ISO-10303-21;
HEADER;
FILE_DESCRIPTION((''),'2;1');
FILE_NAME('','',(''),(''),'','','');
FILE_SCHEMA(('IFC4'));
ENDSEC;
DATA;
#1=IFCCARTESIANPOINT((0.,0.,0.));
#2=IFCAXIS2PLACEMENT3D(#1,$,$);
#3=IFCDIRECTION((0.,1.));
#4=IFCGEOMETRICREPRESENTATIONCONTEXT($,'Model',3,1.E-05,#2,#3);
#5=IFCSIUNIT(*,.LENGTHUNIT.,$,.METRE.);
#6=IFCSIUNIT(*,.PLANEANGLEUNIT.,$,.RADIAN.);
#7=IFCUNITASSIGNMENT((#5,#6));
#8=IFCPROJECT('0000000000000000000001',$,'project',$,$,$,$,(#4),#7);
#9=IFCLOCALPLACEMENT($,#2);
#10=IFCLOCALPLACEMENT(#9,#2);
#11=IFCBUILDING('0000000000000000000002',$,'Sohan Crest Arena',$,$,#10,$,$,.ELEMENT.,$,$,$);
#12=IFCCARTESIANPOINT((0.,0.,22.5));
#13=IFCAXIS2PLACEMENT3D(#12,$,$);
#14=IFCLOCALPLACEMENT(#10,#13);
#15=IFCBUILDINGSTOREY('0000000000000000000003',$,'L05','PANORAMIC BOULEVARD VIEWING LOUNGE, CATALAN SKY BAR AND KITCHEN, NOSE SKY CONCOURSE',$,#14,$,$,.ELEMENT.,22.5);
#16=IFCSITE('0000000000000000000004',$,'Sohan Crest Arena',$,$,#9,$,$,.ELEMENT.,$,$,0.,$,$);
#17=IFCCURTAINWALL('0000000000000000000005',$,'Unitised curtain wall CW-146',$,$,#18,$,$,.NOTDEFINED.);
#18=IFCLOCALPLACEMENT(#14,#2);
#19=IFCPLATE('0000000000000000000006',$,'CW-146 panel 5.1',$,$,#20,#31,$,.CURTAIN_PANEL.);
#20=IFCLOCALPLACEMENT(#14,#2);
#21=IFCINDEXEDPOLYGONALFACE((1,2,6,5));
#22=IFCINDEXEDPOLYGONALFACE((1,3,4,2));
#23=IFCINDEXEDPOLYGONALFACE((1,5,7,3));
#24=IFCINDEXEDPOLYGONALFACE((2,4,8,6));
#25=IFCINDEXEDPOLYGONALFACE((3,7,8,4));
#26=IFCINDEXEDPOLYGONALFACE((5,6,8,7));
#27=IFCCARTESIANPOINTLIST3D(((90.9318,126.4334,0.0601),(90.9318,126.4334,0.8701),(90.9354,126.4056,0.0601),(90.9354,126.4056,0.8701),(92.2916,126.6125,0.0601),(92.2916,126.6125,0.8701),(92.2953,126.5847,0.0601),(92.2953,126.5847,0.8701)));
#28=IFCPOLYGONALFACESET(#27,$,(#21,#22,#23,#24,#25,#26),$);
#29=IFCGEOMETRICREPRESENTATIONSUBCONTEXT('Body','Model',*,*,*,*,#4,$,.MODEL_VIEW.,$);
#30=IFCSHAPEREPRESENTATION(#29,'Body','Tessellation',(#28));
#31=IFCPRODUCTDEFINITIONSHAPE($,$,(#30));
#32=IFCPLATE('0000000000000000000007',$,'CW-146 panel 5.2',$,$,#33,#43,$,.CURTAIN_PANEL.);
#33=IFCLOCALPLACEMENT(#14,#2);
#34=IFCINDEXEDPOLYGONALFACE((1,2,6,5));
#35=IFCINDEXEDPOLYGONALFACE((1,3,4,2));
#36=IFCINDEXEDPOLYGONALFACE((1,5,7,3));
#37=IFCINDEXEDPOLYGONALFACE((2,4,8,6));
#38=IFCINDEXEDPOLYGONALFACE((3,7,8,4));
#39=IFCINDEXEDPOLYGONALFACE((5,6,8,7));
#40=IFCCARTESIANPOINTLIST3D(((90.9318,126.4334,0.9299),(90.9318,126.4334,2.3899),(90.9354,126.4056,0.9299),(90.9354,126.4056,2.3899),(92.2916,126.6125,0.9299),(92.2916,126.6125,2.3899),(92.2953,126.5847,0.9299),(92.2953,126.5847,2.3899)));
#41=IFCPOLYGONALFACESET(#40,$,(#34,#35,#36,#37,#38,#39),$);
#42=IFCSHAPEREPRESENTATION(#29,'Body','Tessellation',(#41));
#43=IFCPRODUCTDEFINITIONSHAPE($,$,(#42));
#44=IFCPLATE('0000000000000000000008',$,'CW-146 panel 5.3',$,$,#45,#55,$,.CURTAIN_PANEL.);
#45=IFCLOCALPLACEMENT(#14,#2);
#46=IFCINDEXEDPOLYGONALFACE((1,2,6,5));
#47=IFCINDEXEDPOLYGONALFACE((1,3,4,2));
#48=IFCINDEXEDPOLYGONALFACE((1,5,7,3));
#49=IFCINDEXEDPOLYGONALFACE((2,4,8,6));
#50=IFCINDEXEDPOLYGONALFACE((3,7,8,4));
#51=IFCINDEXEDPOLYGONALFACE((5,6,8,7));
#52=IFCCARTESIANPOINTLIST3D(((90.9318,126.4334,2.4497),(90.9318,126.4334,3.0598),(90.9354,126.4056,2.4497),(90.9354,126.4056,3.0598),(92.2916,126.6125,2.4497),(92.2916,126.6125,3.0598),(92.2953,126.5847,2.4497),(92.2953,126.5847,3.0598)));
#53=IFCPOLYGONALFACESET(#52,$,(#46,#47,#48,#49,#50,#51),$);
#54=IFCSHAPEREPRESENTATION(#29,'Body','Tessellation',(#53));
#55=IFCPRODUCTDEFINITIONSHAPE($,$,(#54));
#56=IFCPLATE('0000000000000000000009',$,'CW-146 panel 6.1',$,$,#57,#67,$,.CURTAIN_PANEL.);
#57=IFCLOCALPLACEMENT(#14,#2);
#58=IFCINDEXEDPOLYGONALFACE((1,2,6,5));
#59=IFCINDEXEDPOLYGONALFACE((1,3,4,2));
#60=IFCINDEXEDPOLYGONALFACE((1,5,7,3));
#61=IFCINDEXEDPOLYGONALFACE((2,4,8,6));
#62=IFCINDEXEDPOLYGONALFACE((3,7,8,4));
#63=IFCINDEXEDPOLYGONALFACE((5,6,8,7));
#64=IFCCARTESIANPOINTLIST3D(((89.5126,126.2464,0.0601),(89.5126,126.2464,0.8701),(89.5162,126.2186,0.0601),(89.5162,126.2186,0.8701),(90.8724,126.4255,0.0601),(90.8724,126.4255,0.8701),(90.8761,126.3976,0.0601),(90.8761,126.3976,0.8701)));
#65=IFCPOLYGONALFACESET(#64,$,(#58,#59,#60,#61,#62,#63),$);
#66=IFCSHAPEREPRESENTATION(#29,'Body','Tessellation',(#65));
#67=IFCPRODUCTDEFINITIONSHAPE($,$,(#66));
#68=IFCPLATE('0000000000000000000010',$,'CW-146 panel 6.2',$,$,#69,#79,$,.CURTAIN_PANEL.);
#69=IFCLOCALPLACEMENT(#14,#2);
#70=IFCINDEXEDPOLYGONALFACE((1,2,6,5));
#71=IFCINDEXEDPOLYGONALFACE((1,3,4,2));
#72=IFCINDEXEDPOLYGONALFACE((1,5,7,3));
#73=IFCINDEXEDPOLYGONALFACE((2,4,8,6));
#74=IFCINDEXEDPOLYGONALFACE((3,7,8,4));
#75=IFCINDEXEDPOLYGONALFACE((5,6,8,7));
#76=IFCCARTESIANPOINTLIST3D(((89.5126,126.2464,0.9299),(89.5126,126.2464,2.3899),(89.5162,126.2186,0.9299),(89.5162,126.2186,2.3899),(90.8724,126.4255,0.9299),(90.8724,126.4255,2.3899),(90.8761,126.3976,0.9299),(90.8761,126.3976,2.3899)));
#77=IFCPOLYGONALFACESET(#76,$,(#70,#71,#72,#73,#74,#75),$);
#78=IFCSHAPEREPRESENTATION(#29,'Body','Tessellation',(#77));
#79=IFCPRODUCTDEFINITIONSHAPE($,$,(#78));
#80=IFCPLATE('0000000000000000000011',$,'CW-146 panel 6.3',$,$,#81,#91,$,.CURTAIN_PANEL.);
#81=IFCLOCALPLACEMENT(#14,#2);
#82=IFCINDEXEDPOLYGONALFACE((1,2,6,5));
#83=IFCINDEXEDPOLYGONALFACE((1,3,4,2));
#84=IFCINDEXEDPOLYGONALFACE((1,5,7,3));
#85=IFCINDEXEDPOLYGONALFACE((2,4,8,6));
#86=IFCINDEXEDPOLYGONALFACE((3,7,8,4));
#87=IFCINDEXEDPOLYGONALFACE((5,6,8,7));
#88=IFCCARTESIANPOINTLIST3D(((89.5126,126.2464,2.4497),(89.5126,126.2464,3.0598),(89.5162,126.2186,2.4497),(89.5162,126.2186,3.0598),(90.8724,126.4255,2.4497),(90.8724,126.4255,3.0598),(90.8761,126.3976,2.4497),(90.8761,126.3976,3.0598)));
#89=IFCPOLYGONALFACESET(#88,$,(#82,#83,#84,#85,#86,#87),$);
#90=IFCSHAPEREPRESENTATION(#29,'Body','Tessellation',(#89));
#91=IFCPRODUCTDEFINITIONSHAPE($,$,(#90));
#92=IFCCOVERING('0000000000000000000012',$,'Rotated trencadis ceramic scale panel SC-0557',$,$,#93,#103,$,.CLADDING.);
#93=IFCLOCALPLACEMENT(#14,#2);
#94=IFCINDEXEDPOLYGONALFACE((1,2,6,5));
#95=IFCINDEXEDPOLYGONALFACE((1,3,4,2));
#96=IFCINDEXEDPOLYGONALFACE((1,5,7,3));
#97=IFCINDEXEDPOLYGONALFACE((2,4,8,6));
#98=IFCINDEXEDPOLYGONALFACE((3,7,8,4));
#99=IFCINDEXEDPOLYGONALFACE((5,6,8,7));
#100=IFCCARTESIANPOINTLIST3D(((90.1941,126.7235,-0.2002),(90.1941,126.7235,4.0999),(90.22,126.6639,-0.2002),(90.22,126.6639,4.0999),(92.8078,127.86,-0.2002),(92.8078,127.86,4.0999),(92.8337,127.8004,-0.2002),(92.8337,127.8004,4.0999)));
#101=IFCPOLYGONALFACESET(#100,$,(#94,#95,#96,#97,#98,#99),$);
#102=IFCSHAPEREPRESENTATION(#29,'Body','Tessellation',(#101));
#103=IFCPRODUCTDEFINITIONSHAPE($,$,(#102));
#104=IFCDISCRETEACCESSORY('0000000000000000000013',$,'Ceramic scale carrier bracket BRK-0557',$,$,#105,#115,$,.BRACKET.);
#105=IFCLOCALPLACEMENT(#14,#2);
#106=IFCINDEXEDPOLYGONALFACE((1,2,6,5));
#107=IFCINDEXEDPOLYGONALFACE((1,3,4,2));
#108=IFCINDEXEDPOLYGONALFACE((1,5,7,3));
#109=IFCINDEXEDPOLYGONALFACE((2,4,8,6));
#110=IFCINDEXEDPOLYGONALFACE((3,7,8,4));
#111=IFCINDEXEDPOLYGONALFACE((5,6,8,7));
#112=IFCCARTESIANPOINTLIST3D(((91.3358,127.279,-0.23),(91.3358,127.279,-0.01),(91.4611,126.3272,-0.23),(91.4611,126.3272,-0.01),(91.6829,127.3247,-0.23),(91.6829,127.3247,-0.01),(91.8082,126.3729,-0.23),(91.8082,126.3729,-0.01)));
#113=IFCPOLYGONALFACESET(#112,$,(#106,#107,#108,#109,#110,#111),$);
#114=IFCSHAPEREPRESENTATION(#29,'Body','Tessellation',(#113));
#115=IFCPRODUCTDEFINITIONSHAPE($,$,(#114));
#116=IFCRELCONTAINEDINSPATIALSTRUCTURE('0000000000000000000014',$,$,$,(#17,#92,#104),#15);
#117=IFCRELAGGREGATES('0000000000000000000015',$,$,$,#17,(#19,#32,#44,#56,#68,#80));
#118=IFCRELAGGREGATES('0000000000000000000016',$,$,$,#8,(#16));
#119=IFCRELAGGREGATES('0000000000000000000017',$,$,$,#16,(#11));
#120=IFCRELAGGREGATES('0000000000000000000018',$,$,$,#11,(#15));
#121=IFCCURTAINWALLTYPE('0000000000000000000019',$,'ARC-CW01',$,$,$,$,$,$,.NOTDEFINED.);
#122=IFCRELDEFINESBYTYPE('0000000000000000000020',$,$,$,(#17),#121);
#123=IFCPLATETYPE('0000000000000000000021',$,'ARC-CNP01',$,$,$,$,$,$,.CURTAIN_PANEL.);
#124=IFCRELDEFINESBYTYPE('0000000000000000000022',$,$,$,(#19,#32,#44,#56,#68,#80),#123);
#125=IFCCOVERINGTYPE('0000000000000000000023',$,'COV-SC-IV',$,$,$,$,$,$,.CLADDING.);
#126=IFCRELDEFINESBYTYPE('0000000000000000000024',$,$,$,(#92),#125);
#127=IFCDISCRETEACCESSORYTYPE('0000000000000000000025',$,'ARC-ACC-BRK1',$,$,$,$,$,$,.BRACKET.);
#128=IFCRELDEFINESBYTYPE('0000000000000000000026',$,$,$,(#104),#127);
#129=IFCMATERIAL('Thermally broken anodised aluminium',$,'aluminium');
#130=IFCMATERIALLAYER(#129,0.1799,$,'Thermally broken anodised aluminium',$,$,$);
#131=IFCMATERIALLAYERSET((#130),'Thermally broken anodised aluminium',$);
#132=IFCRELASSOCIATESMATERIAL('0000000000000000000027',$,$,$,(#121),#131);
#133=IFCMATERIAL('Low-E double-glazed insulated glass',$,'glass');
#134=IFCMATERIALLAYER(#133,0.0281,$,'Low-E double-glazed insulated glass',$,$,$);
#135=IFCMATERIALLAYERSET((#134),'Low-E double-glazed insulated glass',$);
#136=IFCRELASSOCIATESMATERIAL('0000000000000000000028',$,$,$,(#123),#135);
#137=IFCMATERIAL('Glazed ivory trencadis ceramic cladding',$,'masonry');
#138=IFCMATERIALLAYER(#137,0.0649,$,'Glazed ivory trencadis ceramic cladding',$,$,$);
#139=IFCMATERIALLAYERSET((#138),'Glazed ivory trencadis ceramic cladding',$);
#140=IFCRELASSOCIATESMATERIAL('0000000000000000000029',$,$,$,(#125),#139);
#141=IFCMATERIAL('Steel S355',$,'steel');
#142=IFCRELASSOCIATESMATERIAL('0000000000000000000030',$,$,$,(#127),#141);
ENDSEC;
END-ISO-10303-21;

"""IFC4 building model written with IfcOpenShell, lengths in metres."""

from ifc_helpers import new_model, si_unit, direction, frame, origin, origin_2d, place, context, subcontext, project, spatial, rectangle, extrude, material, layer, layer_set, type_object, element, aggregate, save


model = new_model("IFC4")

# Units and contexts
model_context = context("Model", 3, precision=1e-05, world=origin(), true_north=direction((0.0, 1.0)))
body_context = subcontext(model_context, "Body", "Model", "MODEL_VIEW")
ifc_project = project(units=[si_unit("LENGTHUNIT", "METRE"), si_unit("PLANEANGLEUNIT", "RADIAN")], contexts=[model_context])

# Site, building, storey
site_placement = place(None, origin())
site = spatial("IfcSite", under=ifc_project, at=site_placement, Name="Sohan Crest Arena", CompositionType="ELEMENT", RefElevation=0.0)
building_placement = place(site_placement, origin())
building = spatial("IfcBuilding", under=site, at=building_placement, Name="Sohan Crest Arena", CompositionType="ELEMENT")
storey_placement = place(building_placement, frame((0.0, 0.0, 22.5)))
storey = spatial("IfcBuildingStorey", under=building, at=storey_placement, Name="L05", Description="PANORAMIC BOULEVARD VIEWING LOUNGE, CATALAN SKY BAR AND KITCHEN, NOSE SKY CONCOURSE", CompositionType="ELEMENT", Elevation=22.5)

# Curtain wall, plates
ifc_material_1 = material(Name="Thermally broken anodised aluminium", Category="aluminium")
ifc_layer_1 = layer(ifc_material_1, 0.1799, Name="Thermally broken anodised aluminium")
ifc_layer_set_1 = layer_set([ifc_layer_1], Name="Thermally broken anodised aluminium")
curtain_wall_type = type_object("IfcCurtainWallType", Name="ARC-CW01", PredefinedType="NOTDEFINED", material=ifc_layer_set_1)
curtain_wall_placement = place(storey_placement, origin())
curtain_wall = element("IfcCurtainWall", 1, at=curtain_wall_placement, inside=storey, type_object=curtain_wall_type, Name="Unitised curtain wall CW-146", PredefinedType="NOTDEFINED")
ifc_material_2 = material(Name="Low-E double-glazed insulated glass", Category="glass")
ifc_layer_2 = layer(ifc_material_2, 0.0281, Name="Low-E double-glazed insulated glass")
ifc_layer_set_2 = layer_set([ifc_layer_2], Name="Low-E double-glazed insulated glass")
plate_type = type_object("IfcPlateType", Name="ARC-CNP01", PredefinedType="CURTAIN_PANEL", material=ifc_layer_set_2)
plate_1_placement = place(storey_placement, frame((91.6135, 126.509, 0.0601), z_axis=(0.0, 0.0, 1.0), x_axis=(-0.991441, -0.130557, 0.0)))
plate_1 = element("IfcPlate", 2, at=plate_1_placement, type_object=plate_type, Name="CW-146 panel 5.1", PredefinedType="CURTAIN_PANEL", context=body_context, shape_type="SweptSolid", body=[
    extrude(rectangle(XDim=1.3716, YDim=0.0281, at=origin_2d()), origin(), (0.0, 0.0, 1.0), 0.8101),
])
plate_2_placement = place(storey_placement, frame((91.6135, 126.509, 0.9299), z_axis=(0.0, 0.0, 1.0), x_axis=(-0.991441, -0.130557, 0.0)))
plate_2 = element("IfcPlate", 3, at=plate_2_placement, type_object=plate_type, Name="CW-146 panel 5.2", PredefinedType="CURTAIN_PANEL", context=body_context, shape_type="SweptSolid", body=[
    extrude(rectangle(XDim=1.3716, YDim=0.0281, at=origin_2d()), origin(), (0.0, 0.0, 1.0), 1.46),
])
plate_3_placement = place(storey_placement, frame((91.6135, 126.509, 2.4497), z_axis=(0.0, 0.0, 1.0), x_axis=(-0.991441, -0.130557, 0.0)))
plate_3 = element("IfcPlate", 4, at=plate_3_placement, type_object=plate_type, Name="CW-146 panel 5.3", PredefinedType="CURTAIN_PANEL", context=body_context, shape_type="SweptSolid", body=[
    extrude(rectangle(XDim=1.3716, YDim=0.0281, at=origin_2d()), origin(), (0.0, 0.0, 1.0), 0.6101),
])
plate_4_placement = place(storey_placement, frame((90.1943, 126.322, 0.0601), z_axis=(0.0, 0.0, 1.0), x_axis=(-0.991441, -0.130557, 0.0)))
plate_4 = element("IfcPlate", 5, at=plate_4_placement, type_object=plate_type, Name="CW-146 panel 6.1", PredefinedType="CURTAIN_PANEL", context=body_context, shape_type="SweptSolid", body=[
    extrude(rectangle(XDim=1.3716, YDim=0.0281, at=origin_2d()), origin(), (0.0, 0.0, 1.0), 0.8101),
])
plate_5_placement = place(storey_placement, frame((90.1943, 126.322, 0.9299), z_axis=(0.0, 0.0, 1.0), x_axis=(-0.991441, -0.130557, 0.0)))
plate_5 = element("IfcPlate", 6, at=plate_5_placement, type_object=plate_type, Name="CW-146 panel 6.2", PredefinedType="CURTAIN_PANEL", context=body_context, shape_type="SweptSolid", body=[
    extrude(rectangle(XDim=1.3716, YDim=0.0281, at=origin_2d()), origin(), (0.0, 0.0, 1.0), 1.46),
])
plate_6_placement = place(storey_placement, frame((90.1943, 126.322, 2.4497), z_axis=(0.0, 0.0, 1.0), x_axis=(-0.991441, -0.130557, 0.0)))
plate_6 = element("IfcPlate", 7, at=plate_6_placement, type_object=plate_type, Name="CW-146 panel 6.3", PredefinedType="CURTAIN_PANEL", context=body_context, shape_type="SweptSolid", body=[
    extrude(rectangle(XDim=1.3716, YDim=0.0281, at=origin_2d()), origin(), (0.0, 0.0, 1.0), 0.6101),
])
aggregate(curtain_wall, [plate_1, plate_2, plate_3, plate_4, plate_5, plate_6])

# Covering
ifc_material_3 = material(Name="Glazed ivory trencadis ceramic cladding", Category="masonry")
ifc_layer_3 = layer(ifc_material_3, 0.0649, Name="Glazed ivory trencadis ceramic cladding")
ifc_layer_set_3 = layer_set([ifc_layer_3], Name="Glazed ivory trencadis ceramic cladding")
covering_type = type_object("IfcCoveringType", Name="COV-SC-IV", PredefinedType="CLADDING", material=ifc_layer_set_3)
covering_placement = place(storey_placement, frame((91.5139, 127.262, -0.2002), z_axis=(0.0, 0.0, 1.0), x_axis=(-0.91706, -0.398749, 0.0)))
element("IfcCovering", 8, at=covering_placement, inside=storey, type_object=covering_type, Name="Rotated trencadis ceramic scale panel SC-0557", PredefinedType="CLADDING", context=body_context, shape_type="SweptSolid", body=[
    extrude(rectangle(XDim=2.8501, YDim=0.0649, at=origin_2d()), origin(), (0.0, 0.0, 1.0), 4.3),
])

# Discrete accessory
ifc_material_4 = material(Name="Steel S355", Category="steel")
discrete_accessory_type = type_object("IfcDiscreteAccessoryType", Name="ARC-ACC-BRK1", PredefinedType="BRACKET", material=ifc_material_4)
discrete_accessory_placement = place(storey_placement, frame((91.572, 126.8259, -0.23), z_axis=(0.0, 0.0, 1.0), x_axis=(-0.991445, -0.130526, 0.0)))
element("IfcDiscreteAccessory", 9, at=discrete_accessory_placement, inside=storey, type_object=discrete_accessory_type, Name="Ceramic scale carrier bracket BRK-0557", PredefinedType="BRACKET", context=body_context, shape_type="SweptSolid", body=[
    extrude(rectangle(XDim=0.3501, YDim=0.96, at=origin_2d()), origin(), (0.0, 0.0, 1.0), 0.22),
])

save(model, "model.ifc")
